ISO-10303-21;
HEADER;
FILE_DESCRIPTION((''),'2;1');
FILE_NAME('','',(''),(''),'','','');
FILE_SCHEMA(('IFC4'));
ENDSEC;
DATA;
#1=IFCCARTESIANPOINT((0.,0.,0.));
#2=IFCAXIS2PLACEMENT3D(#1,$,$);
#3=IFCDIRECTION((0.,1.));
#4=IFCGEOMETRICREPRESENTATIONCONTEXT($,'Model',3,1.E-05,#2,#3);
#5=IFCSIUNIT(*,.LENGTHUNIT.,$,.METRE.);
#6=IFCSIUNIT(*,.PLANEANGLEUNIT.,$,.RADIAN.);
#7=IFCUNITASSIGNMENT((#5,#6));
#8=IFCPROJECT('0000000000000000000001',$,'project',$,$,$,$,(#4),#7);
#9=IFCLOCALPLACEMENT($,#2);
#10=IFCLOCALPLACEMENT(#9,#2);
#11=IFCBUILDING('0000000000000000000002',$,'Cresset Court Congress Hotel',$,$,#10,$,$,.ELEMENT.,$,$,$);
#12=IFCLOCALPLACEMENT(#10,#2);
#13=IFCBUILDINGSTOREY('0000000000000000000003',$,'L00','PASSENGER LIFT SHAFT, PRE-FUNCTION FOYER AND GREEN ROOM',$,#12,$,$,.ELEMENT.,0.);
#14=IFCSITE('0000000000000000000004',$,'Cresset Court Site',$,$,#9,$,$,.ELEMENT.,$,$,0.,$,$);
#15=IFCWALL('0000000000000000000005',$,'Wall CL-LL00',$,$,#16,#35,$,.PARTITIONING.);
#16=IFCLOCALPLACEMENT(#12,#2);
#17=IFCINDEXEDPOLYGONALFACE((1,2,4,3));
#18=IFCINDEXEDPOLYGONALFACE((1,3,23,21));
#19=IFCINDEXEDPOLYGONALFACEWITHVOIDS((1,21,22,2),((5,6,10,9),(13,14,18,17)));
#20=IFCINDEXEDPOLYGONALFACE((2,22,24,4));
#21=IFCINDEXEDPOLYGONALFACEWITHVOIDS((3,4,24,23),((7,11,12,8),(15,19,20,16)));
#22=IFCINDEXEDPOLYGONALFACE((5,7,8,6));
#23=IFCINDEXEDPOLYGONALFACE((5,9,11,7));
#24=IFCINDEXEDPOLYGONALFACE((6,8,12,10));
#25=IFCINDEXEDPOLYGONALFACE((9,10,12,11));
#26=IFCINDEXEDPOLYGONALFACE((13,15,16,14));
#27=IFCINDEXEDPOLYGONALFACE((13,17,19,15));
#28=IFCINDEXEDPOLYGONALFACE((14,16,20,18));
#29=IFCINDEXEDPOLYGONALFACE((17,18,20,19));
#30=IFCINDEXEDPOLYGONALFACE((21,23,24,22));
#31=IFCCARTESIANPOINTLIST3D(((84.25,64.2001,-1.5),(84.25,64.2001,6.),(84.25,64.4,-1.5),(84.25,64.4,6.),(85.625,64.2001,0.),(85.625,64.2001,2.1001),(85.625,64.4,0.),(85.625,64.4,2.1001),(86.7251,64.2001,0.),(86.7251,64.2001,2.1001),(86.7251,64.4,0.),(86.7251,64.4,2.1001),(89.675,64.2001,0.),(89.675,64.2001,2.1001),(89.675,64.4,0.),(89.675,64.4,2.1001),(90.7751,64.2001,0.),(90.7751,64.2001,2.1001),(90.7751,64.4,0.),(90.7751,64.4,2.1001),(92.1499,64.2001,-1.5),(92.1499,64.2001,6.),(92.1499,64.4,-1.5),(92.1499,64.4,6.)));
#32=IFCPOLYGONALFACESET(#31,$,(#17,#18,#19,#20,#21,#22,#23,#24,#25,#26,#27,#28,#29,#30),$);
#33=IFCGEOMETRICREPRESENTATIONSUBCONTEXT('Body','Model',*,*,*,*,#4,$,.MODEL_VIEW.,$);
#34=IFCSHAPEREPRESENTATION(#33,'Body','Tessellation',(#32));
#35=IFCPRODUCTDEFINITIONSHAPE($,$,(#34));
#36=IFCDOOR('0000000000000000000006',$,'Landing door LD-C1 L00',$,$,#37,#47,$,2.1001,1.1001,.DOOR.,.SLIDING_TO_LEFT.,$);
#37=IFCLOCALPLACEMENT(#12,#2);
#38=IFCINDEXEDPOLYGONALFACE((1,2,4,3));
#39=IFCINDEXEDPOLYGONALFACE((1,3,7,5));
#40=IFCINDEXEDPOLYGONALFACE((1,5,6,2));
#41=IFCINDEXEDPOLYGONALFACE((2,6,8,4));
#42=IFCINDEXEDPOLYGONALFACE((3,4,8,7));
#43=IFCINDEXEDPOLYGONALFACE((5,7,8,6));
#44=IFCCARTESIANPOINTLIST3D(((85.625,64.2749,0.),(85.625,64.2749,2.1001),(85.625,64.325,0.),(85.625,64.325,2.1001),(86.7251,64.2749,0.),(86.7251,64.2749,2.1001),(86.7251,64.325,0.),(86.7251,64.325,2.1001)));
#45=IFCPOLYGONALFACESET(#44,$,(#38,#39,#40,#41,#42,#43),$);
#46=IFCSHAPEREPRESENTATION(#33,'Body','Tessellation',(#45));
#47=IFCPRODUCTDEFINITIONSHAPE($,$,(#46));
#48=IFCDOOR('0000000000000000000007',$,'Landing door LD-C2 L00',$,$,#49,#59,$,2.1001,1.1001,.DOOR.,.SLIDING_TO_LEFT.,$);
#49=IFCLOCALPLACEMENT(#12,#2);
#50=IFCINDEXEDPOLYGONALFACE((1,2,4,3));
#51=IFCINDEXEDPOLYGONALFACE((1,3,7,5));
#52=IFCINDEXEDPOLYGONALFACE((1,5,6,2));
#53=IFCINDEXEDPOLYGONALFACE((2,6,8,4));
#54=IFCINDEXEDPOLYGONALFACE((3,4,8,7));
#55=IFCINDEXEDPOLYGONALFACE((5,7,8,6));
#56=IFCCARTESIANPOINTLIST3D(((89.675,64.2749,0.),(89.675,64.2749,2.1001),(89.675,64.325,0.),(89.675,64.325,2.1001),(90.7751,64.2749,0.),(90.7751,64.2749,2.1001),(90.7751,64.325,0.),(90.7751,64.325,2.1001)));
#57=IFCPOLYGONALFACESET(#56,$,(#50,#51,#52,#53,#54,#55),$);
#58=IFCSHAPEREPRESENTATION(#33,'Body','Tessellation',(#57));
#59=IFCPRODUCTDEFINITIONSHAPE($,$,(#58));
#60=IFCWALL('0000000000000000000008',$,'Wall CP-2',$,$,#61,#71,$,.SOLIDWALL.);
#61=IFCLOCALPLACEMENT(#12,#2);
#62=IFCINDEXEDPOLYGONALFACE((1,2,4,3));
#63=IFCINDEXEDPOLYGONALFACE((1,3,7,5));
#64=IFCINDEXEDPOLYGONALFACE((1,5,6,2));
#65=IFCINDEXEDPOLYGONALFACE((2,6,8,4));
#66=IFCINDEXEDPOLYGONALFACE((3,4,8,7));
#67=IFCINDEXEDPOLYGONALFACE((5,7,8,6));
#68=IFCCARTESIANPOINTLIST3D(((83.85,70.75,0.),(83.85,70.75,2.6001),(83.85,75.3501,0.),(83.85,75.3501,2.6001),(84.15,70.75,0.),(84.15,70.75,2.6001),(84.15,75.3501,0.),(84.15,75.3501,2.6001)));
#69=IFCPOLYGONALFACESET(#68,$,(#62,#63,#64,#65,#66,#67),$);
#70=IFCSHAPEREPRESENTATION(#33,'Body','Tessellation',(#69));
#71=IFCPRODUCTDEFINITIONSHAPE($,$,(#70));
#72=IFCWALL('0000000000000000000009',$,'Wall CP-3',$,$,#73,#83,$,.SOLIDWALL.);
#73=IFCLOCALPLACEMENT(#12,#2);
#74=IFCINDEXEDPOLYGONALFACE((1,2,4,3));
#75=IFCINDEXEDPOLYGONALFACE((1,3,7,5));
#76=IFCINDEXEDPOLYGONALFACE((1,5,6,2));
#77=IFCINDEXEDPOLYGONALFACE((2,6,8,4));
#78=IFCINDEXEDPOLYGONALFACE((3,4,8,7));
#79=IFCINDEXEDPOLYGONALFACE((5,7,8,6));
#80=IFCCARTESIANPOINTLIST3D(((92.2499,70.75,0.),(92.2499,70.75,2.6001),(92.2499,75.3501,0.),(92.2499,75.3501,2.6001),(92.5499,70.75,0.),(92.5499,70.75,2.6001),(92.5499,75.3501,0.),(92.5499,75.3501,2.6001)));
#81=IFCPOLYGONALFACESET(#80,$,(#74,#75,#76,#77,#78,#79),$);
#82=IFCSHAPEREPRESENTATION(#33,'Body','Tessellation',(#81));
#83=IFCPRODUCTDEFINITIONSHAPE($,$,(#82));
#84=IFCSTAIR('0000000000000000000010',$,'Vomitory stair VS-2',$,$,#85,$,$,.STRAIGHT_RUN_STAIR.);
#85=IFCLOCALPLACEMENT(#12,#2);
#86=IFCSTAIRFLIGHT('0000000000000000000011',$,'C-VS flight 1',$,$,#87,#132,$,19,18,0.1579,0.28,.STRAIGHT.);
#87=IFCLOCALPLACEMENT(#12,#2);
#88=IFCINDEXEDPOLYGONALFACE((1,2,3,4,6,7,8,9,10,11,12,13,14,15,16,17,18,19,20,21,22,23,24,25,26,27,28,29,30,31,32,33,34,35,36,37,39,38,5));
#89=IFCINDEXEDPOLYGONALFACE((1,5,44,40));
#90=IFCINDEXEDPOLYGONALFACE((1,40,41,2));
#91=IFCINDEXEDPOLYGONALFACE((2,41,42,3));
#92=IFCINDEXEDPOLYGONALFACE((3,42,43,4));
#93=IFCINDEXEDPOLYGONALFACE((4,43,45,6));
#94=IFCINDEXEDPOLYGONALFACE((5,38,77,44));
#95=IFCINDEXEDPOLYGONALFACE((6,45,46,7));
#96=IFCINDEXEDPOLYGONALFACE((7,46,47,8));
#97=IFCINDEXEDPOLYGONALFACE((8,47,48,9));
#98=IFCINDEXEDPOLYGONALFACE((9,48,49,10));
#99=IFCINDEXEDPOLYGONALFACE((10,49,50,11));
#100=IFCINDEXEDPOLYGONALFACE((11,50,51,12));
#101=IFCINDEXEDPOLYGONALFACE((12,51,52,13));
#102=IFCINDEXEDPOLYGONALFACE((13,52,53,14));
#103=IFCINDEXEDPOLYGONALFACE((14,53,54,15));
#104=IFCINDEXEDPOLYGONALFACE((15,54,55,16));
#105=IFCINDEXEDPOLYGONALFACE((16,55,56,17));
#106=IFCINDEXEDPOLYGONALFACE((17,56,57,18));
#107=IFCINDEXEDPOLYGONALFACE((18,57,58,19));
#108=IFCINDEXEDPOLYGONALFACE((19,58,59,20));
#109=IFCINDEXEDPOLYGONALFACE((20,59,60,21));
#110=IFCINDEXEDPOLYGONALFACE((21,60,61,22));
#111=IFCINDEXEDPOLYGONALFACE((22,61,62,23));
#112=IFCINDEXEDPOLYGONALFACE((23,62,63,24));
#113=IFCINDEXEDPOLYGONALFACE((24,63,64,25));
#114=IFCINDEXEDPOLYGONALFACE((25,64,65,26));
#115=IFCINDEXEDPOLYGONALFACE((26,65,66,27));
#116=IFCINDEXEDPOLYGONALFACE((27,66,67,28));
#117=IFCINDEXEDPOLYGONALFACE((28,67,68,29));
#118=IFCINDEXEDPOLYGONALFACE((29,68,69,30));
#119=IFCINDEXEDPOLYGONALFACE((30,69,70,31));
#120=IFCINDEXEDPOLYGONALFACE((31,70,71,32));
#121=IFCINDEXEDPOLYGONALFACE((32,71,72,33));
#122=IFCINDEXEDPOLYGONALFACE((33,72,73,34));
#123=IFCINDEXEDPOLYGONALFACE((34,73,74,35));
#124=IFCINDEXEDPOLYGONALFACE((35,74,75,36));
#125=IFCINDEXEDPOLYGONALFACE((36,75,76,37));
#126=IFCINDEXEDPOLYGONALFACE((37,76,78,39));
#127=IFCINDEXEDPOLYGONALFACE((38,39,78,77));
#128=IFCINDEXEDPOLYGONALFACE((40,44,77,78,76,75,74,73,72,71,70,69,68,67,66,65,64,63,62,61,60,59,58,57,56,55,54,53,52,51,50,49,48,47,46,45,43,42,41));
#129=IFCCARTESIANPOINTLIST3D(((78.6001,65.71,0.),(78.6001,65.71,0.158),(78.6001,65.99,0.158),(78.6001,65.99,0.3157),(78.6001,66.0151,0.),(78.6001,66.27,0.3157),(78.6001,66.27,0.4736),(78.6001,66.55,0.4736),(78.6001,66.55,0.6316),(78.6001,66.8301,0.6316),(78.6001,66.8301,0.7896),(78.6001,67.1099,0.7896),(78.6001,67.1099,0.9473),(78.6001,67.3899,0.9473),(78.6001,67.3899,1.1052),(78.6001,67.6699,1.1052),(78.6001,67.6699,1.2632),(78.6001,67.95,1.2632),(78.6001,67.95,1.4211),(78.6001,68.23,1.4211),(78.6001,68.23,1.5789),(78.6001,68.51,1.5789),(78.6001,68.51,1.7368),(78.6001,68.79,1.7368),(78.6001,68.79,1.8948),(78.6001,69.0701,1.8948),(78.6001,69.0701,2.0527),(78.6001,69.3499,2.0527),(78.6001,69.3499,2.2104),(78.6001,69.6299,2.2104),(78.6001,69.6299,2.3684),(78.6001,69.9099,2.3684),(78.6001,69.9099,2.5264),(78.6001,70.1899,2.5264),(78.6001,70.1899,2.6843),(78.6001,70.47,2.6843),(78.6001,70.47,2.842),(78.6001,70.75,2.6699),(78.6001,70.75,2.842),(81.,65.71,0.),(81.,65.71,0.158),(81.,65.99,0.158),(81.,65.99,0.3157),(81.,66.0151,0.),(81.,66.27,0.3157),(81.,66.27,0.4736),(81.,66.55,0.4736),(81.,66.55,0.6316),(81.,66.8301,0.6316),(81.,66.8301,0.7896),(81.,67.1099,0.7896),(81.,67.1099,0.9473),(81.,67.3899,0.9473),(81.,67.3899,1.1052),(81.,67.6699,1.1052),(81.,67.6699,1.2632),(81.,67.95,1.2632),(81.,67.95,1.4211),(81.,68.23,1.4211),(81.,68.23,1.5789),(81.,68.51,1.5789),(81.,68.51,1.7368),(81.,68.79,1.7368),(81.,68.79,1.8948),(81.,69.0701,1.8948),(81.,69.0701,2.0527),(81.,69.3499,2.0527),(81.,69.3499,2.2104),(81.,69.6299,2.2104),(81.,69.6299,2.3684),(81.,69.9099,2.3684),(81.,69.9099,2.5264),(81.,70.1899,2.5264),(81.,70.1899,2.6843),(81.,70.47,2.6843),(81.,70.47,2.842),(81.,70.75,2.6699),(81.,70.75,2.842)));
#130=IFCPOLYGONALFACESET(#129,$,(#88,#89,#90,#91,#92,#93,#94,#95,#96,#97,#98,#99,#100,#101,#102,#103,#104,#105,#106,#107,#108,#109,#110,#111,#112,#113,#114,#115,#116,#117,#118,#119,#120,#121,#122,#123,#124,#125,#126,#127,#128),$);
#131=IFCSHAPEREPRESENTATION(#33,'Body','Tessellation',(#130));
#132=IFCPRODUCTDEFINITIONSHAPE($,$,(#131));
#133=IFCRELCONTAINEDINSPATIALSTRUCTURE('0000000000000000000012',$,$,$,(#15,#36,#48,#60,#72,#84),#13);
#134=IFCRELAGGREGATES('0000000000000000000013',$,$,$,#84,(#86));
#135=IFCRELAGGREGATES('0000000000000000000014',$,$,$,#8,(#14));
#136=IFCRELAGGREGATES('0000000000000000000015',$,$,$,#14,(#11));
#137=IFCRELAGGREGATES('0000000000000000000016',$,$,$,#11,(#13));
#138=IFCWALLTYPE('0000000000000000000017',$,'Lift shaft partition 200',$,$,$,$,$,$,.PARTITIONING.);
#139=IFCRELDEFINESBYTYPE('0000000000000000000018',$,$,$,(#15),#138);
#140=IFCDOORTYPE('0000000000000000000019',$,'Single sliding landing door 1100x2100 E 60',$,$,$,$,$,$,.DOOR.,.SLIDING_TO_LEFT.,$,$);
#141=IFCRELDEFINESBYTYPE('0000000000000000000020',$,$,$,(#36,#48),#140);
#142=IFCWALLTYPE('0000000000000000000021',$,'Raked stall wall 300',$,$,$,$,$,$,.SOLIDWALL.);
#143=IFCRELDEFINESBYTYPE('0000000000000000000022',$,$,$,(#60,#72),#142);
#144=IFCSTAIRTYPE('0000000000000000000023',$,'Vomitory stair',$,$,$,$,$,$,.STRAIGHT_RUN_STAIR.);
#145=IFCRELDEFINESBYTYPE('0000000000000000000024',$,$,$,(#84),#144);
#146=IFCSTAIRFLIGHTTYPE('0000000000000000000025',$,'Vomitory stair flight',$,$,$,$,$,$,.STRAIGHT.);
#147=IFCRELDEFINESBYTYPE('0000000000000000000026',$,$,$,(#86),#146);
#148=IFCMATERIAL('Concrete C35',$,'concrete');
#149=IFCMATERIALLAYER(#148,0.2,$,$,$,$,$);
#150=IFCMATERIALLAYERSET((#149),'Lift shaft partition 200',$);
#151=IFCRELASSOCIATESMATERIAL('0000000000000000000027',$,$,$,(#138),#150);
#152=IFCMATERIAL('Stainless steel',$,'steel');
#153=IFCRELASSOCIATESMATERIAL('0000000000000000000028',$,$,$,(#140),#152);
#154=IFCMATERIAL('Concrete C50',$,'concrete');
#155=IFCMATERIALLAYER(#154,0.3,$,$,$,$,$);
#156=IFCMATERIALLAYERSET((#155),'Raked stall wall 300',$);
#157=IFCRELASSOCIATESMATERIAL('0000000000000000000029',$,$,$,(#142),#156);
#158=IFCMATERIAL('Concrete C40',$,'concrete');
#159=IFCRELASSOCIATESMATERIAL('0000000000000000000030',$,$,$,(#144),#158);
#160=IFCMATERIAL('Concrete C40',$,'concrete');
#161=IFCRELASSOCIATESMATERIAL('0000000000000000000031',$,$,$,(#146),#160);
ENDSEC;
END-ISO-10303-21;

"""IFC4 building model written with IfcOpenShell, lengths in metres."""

from ifc_helpers import new_model, si_unit, direction, frame, frame_2d, origin, place, context, subcontext, project, spatial, polyline, rectangle, outline, extrude, material, layer, layer_set, type_object, element, fill, aggregate, save


model = new_model("IFC4")

# Units and contexts
model_context = context("Model", 3, precision=1e-05, world=origin(), true_north=direction((0.0, 1.0)))
body_context = subcontext(model_context, "Body", "Model", "MODEL_VIEW")
ifc_project = project(units=[si_unit("LENGTHUNIT", "METRE"), si_unit("PLANEANGLEUNIT", "RADIAN")], contexts=[model_context])

# Site, building, storey
site_placement = place(None, origin())
site = spatial("IfcSite", under=ifc_project, at=site_placement, Name="Cresset Court Site", CompositionType="ELEMENT", RefElevation=0.0)
building_placement = place(site_placement, origin())
building = spatial("IfcBuilding", under=site, at=building_placement, Name="Cresset Court Congress Hotel", CompositionType="ELEMENT")
storey_placement = place(building_placement, origin())
storey = spatial("IfcBuildingStorey", under=building, at=storey_placement, Name="L00", Description="PASSENGER LIFT SHAFT, PRE-FUNCTION FOYER AND GREEN ROOM", CompositionType="ELEMENT", Elevation=0.0)

# Wall, openings, doors
ifc_material_1 = material(Name="Concrete C35", Category="concrete")
ifc_layer_1 = layer(ifc_material_1, 0.2)
ifc_layer_set_1 = layer_set([ifc_layer_1], Name="Lift shaft partition 200")
wall_type_1 = type_object("IfcWallType", Name="Lift shaft partition 200", PredefinedType="PARTITIONING", material=ifc_layer_set_1)
wall_1_placement = place(storey_placement, frame((84.25, 64.3, -1.5), z_axis=(0.0, 0.0, 1.0), x_axis=(1.0, 0.0, 0.0)))
wall_1 = element("IfcWall", 1, at=wall_1_placement, inside=storey, type_object=wall_type_1, Name="Wall CL-LL00", PredefinedType="PARTITIONING", context=body_context, shape_type="SweptSolid", body=[
    extrude(rectangle(XDim=7.8999, YDim=0.2, at=frame_2d((3.95, 0.0))), origin(), (0.0, 0.0, 1.0), 7.5),
])
opening_1_placement = place(wall_1_placement, frame((1.375, 0.0, 1.5)))
opening_1 = element("IfcOpeningElement", 2, at=opening_1_placement, cuts=wall_1, PredefinedType="OPENING", context=body_context, shape_type="SweptSolid", body=[
    extrude(rectangle(XDim=1.1001, YDim=2.1001, at=frame_2d((0.55, 1.05))), frame((0.0, 0.1099, 0.0), z_axis=(0.0, -1.0, 0.0), x_axis=(1.0, 0.0, 0.0)), (0.0, 0.0, 1.0), 0.22),
])
opening_2_placement = place(wall_1_placement, frame((5.425, 0.0, 1.5)))
opening_2 = element("IfcOpeningElement", 3, at=opening_2_placement, cuts=wall_1, PredefinedType="OPENING", context=body_context, shape_type="SweptSolid", body=[
    extrude(rectangle(XDim=1.1001, YDim=2.1001, at=frame_2d((0.55, 1.05))), frame((0.0, 0.1099, 0.0), z_axis=(0.0, -1.0, 0.0), x_axis=(1.0, 0.0, 0.0)), (0.0, 0.0, 1.0), 0.22),
])
ifc_material_2 = material(Name="Stainless steel", Category="steel")
door_type = type_object("IfcDoorType", Name="Single sliding landing door 1100x2100 E 60", OperationType="SLIDING_TO_LEFT", PredefinedType="DOOR", material=ifc_material_2)
door_1_placement = place(opening_1_placement, origin())
door_1 = element("IfcDoor", 4, at=door_1_placement, inside=storey, type_object=door_type, Name="Landing door LD-C1 L00", OperationType="SLIDING_TO_LEFT", OverallHeight=2.1001, OverallWidth=1.1001, PredefinedType="DOOR", context=body_context, shape_type="SweptSolid", body=[
    extrude(rectangle(XDim=1.1001, YDim=2.1001, at=frame_2d((0.55, 1.05))), frame((0.0, 0.0249, 0.0), z_axis=(0.0, -1.0, 0.0), x_axis=(1.0, 0.0, 0.0)), (0.0, 0.0, 1.0), 0.05),
])
fill(opening_1, door_1)
door_2_placement = place(opening_2_placement, origin())
door_2 = element("IfcDoor", 5, at=door_2_placement, inside=storey, type_object=door_type, Name="Landing door LD-C2 L00", OperationType="SLIDING_TO_LEFT", OverallHeight=2.1001, OverallWidth=1.1001, PredefinedType="DOOR", context=body_context, shape_type="SweptSolid", body=[
    extrude(rectangle(XDim=1.1001, YDim=2.1001, at=frame_2d((0.55, 1.05))), frame((0.0, 0.0249, 0.0), z_axis=(0.0, -1.0, 0.0), x_axis=(1.0, 0.0, 0.0)), (0.0, 0.0, 1.0), 0.05),
])
fill(opening_2, door_2)

# Walls
ifc_material_3 = material(Name="Concrete C50", Category="concrete")
ifc_layer_2 = layer(ifc_material_3, 0.3)
ifc_layer_set_2 = layer_set([ifc_layer_2], Name="Raked stall wall 300")
wall_type_2 = type_object("IfcWallType", Name="Raked stall wall 300", PredefinedType="SOLIDWALL", material=ifc_layer_set_2)
for number, where, z_axis, x_axis, name in (
    (6, (84.0, 70.75, 0.0), (0.0, 0.0, 1.0), (0.0, 1.0, 0.0), "Wall CP-2"),
    (7, (92.3999, 70.75, 0.0), (0.0, 0.0, 1.0), (0.0, 1.0, 0.0), "Wall CP-3"),
):
    element("IfcWall", number, at=place(storey_placement, frame(where, z_axis=z_axis, x_axis=x_axis)), inside=storey, type_object=wall_type_2, Name=name, PredefinedType="SOLIDWALL", context=body_context, shape_type="SweptSolid", body=[
        extrude(rectangle(XDim=4.6001, YDim=0.3, at=frame_2d((2.3, 0.0))), origin(), (0.0, 0.0, 1.0), 2.6001),
    ])

# Stair, stair flight
ifc_material_4 = material(Name="Concrete C40", Category="concrete")
stair_type = type_object("IfcStairType", Name="Vomitory stair", PredefinedType="STRAIGHT_RUN_STAIR", material=ifc_material_4)
stair_placement = place(storey_placement, origin())
stair = element("IfcStair", 8, at=stair_placement, inside=storey, type_object=stair_type, Name="Vomitory stair VS-2", PredefinedType="STRAIGHT_RUN_STAIR")
ifc_material_5 = material(Name="Concrete C40", Category="concrete")
stair_flight_type = type_object("IfcStairFlightType", Name="Vomitory stair flight", PredefinedType="STRAIGHT", material=ifc_material_5)
stair_flight_placement = place(storey_placement, frame((79.8, 65.71, 0.0), z_axis=(0.0, 0.0, 1.0), x_axis=(0.0, 1.0, 0.0)))
stair_flight = element("IfcStairFlight", 9, at=stair_flight_placement, type_object=stair_flight_type, Name="C-VS flight 1", NumberOfRisers=19, NumberOfTreads=18, PredefinedType="STRAIGHT", RiserHeight=0.1579, TreadLength=0.28, context=body_context, shape_type="SweptSolid", body=[
    extrude(outline(polyline([(0.0, 0.0), (0.0, 0.158), (0.28, 0.158), (0.28, 0.3157), (0.5601, 0.3157), (0.5601, 0.4736), (0.8401, 0.4736), (0.8401, 0.6316), (1.1201, 0.6316), (1.1201, 0.7896), (1.3999, 0.7896), (1.3999, 0.9473), (1.6799, 0.9473), (1.6799, 1.1052), (1.96, 1.1052), (1.96, 1.2632), (2.24, 1.2632), (2.24, 1.4211), (2.52, 1.4211), (2.52, 1.5789), (2.8, 1.5789), (2.8, 1.7368), (3.0801, 1.7368), (3.0801, 1.8948), (3.3601, 1.8948), (3.3601, 2.0527), (3.6399, 2.0527), (3.6399, 2.2104), (3.9199, 2.2104), (3.9199, 2.3684), (4.2, 2.3684), (4.2, 2.5264), (4.48, 2.5264), (4.48, 2.6843), (4.76, 2.6843), (4.76, 2.842), (5.04, 2.842), (5.04, 3.0), (5.04, 2.6699), (0.3052, 0.0), (0.0, 0.0)])), frame((0.0, 1.2, 0.0), z_axis=(0.0, -1.0, 0.0), x_axis=(1.0, 0.0, 0.0)), (0.0, 0.0, 1.0), 2.3999),
])
aggregate(stair, [stair_flight])

save(model, "model.ifc")
